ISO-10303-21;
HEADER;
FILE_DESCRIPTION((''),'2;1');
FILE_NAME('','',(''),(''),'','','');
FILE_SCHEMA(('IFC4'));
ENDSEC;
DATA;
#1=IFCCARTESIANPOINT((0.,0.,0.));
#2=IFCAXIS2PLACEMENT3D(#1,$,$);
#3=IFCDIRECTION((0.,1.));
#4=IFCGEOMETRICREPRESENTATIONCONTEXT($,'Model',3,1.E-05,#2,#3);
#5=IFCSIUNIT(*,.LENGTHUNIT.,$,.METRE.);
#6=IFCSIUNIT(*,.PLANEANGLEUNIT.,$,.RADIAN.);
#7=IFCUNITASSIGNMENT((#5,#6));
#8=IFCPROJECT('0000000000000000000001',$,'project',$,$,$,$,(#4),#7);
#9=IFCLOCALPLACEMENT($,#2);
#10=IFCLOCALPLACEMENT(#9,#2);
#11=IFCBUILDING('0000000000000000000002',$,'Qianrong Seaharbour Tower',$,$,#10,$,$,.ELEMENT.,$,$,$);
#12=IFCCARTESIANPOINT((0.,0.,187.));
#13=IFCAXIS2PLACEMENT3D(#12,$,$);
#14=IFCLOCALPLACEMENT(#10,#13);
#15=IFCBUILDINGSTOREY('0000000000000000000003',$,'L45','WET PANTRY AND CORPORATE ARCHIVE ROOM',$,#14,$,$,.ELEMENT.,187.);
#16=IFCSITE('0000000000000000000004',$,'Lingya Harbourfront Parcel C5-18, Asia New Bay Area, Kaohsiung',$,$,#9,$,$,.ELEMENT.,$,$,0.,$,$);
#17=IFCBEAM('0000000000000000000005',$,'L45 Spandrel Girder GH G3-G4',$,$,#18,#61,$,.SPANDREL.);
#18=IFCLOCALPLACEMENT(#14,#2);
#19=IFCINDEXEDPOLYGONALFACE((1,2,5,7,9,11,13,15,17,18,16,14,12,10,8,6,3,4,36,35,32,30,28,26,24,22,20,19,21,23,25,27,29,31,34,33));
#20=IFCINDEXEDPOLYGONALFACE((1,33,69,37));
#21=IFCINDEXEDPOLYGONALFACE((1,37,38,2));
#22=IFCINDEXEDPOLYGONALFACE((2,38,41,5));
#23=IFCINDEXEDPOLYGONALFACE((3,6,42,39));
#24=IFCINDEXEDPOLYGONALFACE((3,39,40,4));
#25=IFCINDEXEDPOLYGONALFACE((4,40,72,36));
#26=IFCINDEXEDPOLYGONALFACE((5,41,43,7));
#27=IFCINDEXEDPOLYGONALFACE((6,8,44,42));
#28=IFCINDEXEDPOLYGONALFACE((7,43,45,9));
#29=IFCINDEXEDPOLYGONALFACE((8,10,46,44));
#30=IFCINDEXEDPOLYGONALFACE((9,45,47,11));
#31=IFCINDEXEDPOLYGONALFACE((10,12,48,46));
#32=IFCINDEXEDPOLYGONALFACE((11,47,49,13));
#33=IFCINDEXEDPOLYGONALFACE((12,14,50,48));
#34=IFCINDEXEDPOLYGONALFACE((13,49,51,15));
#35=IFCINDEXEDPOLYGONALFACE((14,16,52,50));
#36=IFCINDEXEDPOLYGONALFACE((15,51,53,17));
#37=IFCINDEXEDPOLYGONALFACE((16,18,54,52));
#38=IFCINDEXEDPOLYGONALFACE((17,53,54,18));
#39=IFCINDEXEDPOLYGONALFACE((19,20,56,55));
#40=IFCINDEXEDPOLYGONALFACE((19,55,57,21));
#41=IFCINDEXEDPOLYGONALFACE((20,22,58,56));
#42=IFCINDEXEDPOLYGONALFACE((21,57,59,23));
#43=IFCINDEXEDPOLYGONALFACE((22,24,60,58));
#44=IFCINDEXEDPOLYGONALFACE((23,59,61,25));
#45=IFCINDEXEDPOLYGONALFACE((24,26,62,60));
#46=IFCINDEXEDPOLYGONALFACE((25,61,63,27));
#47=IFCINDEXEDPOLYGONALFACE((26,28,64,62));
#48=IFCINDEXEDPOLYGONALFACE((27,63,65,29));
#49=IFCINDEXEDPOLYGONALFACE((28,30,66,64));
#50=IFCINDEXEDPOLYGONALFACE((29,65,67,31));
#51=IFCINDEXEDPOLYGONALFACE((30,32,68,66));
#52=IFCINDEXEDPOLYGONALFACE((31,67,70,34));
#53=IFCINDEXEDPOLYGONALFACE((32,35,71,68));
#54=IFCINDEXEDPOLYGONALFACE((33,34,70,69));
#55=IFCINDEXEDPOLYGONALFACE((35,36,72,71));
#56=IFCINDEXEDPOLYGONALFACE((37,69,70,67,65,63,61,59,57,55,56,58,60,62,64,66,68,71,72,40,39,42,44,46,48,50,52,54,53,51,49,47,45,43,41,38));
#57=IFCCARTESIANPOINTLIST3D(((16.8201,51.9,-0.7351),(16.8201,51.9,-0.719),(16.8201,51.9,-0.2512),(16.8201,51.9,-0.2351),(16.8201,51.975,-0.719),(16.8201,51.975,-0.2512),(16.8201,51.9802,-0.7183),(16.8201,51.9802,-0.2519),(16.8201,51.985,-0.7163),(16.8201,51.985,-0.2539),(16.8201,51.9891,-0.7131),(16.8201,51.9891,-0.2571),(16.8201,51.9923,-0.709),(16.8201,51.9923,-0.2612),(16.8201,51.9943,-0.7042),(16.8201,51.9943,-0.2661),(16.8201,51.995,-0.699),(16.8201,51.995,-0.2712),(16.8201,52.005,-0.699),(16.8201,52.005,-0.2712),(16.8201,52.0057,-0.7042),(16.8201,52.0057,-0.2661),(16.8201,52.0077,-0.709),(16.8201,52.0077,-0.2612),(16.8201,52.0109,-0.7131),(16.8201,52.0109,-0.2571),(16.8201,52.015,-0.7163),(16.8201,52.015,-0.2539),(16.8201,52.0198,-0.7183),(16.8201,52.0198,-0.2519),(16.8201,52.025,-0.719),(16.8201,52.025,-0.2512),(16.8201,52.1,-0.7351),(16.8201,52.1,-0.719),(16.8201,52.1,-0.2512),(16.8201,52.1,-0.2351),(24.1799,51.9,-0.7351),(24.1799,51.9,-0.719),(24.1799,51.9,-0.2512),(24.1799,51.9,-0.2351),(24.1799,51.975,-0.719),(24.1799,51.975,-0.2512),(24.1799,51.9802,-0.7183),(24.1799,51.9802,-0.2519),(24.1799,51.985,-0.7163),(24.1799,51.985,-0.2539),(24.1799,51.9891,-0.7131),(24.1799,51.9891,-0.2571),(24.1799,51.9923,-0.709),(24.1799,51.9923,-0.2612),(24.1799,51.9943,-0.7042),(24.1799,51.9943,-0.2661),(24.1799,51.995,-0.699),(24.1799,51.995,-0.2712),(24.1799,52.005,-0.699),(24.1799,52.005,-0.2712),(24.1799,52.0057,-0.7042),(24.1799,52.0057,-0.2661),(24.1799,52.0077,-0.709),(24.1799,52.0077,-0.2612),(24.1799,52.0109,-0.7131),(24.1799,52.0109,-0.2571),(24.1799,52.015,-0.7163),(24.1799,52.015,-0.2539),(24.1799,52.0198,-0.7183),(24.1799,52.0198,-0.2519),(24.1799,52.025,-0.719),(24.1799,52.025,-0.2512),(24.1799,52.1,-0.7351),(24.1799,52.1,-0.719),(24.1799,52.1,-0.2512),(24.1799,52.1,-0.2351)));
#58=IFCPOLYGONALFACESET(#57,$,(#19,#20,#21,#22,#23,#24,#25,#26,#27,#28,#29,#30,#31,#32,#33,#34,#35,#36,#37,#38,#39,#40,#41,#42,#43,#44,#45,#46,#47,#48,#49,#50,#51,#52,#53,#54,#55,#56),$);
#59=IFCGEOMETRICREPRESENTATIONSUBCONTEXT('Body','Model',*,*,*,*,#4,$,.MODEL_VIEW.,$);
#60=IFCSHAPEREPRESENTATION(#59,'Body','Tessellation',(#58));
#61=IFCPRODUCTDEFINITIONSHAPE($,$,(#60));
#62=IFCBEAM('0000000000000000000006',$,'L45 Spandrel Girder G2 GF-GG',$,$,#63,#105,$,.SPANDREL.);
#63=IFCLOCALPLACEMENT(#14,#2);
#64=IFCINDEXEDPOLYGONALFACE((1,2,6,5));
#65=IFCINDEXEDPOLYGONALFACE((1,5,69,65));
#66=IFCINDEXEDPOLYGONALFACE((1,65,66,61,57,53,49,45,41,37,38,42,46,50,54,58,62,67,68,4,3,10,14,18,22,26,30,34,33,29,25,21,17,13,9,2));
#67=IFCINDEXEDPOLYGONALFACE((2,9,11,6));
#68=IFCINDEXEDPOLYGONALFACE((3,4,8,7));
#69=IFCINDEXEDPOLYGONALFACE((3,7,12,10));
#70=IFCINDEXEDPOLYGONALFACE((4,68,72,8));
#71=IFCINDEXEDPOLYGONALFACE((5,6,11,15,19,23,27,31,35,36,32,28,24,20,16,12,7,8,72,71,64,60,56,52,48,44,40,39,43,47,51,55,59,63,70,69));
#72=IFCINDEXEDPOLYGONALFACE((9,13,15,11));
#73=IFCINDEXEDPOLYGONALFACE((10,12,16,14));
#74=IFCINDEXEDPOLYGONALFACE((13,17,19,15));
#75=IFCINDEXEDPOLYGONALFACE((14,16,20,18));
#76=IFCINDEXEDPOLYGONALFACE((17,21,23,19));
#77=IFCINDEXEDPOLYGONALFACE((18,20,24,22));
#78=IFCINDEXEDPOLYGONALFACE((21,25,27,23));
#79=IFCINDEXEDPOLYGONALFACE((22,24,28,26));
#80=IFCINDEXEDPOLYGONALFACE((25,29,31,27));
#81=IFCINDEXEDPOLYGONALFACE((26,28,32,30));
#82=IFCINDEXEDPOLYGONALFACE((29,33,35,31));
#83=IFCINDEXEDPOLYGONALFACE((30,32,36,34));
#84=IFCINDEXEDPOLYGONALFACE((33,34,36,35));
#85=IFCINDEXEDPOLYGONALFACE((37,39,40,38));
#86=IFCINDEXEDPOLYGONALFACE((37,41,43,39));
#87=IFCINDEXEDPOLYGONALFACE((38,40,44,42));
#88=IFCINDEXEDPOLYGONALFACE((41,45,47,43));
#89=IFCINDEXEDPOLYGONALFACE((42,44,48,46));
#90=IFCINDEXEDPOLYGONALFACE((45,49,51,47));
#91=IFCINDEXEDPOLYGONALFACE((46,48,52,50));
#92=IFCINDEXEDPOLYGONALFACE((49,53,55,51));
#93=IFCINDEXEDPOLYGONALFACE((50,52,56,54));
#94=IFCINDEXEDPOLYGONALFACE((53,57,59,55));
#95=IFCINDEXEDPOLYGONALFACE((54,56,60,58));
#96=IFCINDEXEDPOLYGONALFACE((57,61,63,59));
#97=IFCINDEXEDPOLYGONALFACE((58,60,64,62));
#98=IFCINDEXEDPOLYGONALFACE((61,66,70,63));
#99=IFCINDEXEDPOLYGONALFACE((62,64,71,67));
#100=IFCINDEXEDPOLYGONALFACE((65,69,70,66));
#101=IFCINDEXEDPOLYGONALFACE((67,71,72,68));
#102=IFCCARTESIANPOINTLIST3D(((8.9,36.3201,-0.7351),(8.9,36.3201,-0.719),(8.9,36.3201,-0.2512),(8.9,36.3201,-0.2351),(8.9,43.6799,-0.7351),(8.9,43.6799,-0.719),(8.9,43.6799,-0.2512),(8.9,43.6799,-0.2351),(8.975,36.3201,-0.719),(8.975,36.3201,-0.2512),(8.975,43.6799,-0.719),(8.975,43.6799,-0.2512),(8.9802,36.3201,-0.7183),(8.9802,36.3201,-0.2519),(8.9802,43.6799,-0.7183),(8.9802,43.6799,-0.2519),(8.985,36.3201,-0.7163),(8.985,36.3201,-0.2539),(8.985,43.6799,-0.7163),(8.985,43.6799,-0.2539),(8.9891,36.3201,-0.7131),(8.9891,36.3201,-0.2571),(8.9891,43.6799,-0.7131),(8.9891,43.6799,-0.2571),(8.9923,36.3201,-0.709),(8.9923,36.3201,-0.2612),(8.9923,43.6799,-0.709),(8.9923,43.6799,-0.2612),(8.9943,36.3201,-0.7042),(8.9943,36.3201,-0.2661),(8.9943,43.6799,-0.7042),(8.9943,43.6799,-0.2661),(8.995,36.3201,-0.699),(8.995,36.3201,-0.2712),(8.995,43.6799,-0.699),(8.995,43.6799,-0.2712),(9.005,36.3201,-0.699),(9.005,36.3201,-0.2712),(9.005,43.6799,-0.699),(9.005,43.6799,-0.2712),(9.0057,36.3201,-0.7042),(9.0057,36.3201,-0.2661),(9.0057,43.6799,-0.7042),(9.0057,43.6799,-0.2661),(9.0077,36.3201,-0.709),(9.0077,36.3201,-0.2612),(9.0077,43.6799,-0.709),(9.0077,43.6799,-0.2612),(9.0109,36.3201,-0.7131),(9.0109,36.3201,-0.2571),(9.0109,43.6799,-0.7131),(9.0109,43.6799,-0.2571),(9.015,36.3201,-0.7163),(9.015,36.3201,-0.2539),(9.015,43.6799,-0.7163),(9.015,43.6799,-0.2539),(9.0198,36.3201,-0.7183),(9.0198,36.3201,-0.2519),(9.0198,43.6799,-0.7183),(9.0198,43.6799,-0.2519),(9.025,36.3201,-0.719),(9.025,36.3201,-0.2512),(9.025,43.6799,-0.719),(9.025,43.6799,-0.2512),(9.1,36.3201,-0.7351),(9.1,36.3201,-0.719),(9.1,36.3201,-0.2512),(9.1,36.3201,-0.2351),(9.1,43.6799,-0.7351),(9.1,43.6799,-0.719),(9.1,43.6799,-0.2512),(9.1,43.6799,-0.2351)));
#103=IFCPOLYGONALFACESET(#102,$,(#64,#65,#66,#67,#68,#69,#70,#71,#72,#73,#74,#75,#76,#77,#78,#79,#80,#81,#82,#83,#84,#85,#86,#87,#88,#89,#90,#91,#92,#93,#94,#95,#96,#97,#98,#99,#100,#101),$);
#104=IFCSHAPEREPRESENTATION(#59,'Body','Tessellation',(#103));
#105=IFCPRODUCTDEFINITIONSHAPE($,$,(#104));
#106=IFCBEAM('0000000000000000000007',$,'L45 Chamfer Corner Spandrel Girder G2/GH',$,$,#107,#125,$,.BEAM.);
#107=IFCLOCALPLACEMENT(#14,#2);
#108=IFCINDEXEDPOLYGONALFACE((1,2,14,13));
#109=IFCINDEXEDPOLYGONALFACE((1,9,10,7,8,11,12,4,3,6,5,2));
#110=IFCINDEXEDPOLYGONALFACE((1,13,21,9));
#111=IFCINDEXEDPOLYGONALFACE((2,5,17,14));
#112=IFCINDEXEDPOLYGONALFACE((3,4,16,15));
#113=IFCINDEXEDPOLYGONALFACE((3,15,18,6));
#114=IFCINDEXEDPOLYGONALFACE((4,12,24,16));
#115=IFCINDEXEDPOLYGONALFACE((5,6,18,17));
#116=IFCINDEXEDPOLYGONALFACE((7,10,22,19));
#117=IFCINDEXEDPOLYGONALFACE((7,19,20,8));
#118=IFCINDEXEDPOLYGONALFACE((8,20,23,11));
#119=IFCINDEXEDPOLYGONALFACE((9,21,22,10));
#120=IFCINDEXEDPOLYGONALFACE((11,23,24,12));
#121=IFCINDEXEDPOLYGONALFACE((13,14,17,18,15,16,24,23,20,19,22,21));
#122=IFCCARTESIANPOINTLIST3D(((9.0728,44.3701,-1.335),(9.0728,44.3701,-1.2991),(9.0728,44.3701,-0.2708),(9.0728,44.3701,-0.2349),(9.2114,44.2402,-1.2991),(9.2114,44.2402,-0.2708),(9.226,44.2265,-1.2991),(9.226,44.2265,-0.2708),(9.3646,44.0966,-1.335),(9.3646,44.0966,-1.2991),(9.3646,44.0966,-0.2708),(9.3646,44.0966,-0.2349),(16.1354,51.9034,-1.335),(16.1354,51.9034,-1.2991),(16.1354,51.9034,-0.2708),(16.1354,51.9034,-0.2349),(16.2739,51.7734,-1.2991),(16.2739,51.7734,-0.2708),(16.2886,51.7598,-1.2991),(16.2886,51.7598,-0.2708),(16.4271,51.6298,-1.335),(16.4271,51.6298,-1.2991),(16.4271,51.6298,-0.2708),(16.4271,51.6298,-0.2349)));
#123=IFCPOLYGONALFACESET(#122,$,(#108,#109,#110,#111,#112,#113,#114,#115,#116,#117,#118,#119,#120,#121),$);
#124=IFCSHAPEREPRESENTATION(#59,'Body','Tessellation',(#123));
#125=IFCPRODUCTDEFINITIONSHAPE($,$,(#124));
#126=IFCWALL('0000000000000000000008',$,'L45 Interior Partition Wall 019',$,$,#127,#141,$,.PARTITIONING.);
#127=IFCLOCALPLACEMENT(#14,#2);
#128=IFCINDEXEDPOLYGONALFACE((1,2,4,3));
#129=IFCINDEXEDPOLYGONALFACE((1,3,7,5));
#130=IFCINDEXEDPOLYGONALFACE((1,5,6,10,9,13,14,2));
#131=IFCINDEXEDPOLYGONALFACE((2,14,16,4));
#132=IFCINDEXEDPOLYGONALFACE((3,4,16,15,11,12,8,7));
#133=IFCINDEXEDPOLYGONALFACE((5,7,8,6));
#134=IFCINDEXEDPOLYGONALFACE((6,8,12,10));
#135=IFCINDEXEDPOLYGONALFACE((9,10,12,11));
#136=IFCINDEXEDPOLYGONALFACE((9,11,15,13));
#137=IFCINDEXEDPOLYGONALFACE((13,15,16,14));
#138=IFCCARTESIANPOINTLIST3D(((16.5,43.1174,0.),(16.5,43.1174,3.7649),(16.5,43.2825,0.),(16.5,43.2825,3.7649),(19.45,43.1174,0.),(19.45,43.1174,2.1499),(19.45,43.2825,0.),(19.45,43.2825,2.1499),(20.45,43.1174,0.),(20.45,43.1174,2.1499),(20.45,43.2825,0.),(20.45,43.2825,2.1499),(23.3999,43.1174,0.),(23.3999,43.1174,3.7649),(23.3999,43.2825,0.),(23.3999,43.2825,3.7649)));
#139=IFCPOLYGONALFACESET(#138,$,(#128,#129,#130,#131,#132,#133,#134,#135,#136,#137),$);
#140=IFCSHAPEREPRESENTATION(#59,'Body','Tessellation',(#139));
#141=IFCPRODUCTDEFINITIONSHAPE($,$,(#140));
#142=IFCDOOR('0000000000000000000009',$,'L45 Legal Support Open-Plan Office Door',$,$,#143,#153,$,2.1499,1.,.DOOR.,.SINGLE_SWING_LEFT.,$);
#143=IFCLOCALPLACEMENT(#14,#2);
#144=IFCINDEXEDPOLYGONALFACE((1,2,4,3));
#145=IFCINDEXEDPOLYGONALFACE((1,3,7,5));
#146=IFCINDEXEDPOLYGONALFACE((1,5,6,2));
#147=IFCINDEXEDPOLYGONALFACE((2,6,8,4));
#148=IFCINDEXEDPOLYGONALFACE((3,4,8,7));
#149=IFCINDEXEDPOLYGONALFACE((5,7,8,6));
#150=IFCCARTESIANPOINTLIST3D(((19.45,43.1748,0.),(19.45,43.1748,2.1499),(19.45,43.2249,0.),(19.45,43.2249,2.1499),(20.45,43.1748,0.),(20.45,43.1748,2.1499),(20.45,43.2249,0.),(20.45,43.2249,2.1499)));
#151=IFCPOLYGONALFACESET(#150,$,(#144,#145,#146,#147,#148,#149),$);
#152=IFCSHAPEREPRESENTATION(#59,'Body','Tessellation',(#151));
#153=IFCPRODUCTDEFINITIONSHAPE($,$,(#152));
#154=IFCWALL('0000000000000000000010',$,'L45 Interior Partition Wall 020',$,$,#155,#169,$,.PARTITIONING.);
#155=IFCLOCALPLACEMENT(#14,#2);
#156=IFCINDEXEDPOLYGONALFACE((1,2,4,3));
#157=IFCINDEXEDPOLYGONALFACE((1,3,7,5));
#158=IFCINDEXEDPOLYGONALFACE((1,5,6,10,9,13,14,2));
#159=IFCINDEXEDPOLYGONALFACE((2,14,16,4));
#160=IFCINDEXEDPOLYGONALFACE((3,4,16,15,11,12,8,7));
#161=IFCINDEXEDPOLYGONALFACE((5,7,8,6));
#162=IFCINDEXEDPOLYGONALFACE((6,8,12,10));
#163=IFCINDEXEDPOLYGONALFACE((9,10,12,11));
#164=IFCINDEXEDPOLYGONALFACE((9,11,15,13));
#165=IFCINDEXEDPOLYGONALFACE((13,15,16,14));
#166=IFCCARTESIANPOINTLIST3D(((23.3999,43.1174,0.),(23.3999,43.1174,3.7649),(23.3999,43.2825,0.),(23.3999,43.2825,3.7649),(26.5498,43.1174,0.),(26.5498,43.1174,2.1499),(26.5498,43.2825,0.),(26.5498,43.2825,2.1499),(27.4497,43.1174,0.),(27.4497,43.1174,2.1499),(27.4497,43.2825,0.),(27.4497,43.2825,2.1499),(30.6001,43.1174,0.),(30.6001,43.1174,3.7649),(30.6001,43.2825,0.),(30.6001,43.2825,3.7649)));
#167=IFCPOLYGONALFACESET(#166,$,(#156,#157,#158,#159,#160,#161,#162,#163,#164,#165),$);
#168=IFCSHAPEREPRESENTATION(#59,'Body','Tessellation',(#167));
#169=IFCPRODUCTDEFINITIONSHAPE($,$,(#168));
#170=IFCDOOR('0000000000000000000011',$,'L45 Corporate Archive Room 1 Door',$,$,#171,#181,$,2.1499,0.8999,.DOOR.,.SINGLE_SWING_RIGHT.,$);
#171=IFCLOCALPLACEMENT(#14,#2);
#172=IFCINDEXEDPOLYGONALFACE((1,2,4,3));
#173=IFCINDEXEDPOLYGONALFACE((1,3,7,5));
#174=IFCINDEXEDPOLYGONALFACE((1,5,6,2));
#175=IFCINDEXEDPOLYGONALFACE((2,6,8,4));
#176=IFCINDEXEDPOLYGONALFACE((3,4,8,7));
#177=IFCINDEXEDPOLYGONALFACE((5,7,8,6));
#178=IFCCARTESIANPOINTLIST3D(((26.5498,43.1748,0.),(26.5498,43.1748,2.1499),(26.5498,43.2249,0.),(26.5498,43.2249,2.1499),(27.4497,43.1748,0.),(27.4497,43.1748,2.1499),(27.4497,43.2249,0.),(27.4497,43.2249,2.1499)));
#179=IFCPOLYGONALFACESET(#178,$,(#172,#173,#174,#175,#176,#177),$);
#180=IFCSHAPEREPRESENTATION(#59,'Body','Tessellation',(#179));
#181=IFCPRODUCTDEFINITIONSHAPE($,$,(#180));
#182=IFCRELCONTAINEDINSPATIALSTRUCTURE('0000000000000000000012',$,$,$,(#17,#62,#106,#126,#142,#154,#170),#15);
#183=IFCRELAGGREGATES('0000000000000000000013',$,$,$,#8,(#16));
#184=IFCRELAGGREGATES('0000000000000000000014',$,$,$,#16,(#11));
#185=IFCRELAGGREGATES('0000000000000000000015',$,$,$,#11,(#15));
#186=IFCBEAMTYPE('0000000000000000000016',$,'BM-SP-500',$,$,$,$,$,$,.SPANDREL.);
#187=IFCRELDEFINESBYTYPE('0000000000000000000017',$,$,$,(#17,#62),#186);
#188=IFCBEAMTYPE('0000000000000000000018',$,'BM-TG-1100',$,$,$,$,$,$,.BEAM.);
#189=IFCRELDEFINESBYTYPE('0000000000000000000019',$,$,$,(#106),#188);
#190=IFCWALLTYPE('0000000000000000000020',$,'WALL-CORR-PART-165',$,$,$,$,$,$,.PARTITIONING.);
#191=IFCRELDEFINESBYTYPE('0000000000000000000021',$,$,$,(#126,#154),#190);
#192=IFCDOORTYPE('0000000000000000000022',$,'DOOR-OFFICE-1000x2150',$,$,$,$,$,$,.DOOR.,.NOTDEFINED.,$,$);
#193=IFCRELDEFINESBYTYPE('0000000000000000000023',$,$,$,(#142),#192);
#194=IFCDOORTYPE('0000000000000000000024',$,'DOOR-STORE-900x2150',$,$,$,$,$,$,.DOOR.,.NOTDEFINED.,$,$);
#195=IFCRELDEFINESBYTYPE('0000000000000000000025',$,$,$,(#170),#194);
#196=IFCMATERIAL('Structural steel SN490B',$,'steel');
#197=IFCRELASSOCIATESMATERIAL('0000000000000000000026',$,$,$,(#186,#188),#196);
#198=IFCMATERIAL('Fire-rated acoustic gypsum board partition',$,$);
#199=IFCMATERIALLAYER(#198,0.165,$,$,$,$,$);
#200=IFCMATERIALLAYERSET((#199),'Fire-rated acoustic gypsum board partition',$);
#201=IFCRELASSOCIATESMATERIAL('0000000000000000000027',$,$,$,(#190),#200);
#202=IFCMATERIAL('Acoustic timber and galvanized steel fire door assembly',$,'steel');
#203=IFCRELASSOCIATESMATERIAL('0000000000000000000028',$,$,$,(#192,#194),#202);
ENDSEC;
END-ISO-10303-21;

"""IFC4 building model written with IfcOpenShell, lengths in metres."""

from ifc_helpers import new_model, si_unit, direction, frame, frame_2d, origin, origin_2d, place, context, subcontext, project, spatial, rectangle, i_section, extrude, material, layer, layer_set, material_profile, profile_set, type_object, element, fill, save


model = new_model("IFC4")

# Units and contexts
model_context = context("Model", 3, precision=1e-05, world=origin(), true_north=direction((0.0, 1.0)))
body_context = subcontext(model_context, "Body", "Model", "MODEL_VIEW")
ifc_project = project(units=[si_unit("LENGTHUNIT", "METRE"), si_unit("PLANEANGLEUNIT", "RADIAN")], contexts=[model_context])

# Site, building, storey
site_placement = place(None, origin())
site = spatial("IfcSite", under=ifc_project, at=site_placement, Name="Lingya Harbourfront Parcel C5-18, Asia New Bay Area, Kaohsiung", CompositionType="ELEMENT", RefElevation=0.0)
building_placement = place(site_placement, origin())
building = spatial("IfcBuilding", under=site, at=building_placement, Name="Qianrong Seaharbour Tower", CompositionType="ELEMENT")
storey_placement = place(building_placement, frame((0.0, 0.0, 187.0)))
storey = spatial("IfcBuildingStorey", under=building, at=storey_placement, Name="L45", Description="WET PANTRY AND CORPORATE ARCHIVE ROOM", CompositionType="ELEMENT", Elevation=187.0)

# Shared definitions
ifc_material_1 = material(Name="Structural steel SN490B", Category="steel")

# Beams
ifc_material_profile_1 = material_profile(ifc_material_1, i_section(OverallWidth=0.2, OverallDepth=0.5, WebThickness=0.01, FlangeThickness=0.0161, FilletRadius=0.02, at=origin_2d()), Name="H500x200x10x16")
ifc_profile_set_1 = profile_set([ifc_material_profile_1], Name="Structural steel SN490B")
beam_type_1 = type_object("IfcBeamType", Name="BM-SP-500", PredefinedType="SPANDREL", material=ifc_profile_set_1)
for number, where, z_axis, x_axis, name in (
    (1, (16.8201, 52.0, -0.4851), (1.0, 0.0, 0.0), (0.0, 1.0, 0.0), "L45 Spandrel Girder GH G3-G4"),
    (2, (9.0, 36.3201, -0.4851), (0.0, 1.0, 0.0), (-1.0, 0.0, 0.0), "L45 Spandrel Girder G2 GF-GG"),
):
    element("IfcBeam", number, at=place(storey_placement, frame(where, z_axis=z_axis, x_axis=x_axis)), inside=storey, type_object=beam_type_1, Name=name, PredefinedType="SPANDREL", context=body_context, shape_type="SweptSolid", body=[
        extrude(i_section(OverallWidth=0.2, OverallDepth=0.5, WebThickness=0.01, FlangeThickness=0.0161, FilletRadius=0.02, at=origin_2d()), origin(), (0.0, 0.0, 1.0), 7.3599),
    ])
ifc_material_profile_2 = material_profile(ifc_material_1, i_section(OverallWidth=0.3999, OverallDepth=1.1001, WebThickness=0.02, FlangeThickness=0.0359, at=origin_2d()), Name="BH1100x400x20x36")
ifc_profile_set_2 = profile_set([ifc_material_profile_2], Name="Structural steel SN490B")
beam_type_2 = type_object("IfcBeamType", Name="BM-TG-1100", PredefinedType="BEAM", material=ifc_profile_set_2)
beam_1_placement = place(storey_placement, frame((16.2812, 51.7666, -0.7849), z_axis=(-0.683947, -0.729531, 0.0), x_axis=(0.729531, -0.683947, 0.0)))
element("IfcBeam", 3, at=beam_1_placement, inside=storey, type_object=beam_type_2, Name="L45 Chamfer Corner Spandrel Girder G2/GH", PredefinedType="BEAM", context=body_context, shape_type="SweptSolid", body=[
    extrude(i_section(OverallWidth=0.3999, OverallDepth=1.1001, WebThickness=0.02, FlangeThickness=0.0359, at=origin_2d()), origin(), (0.0, 0.0, 1.0), 10.3262),
])

# Walls, openings, doors
ifc_material_2 = material(Name="Fire-rated acoustic gypsum board partition")
ifc_layer_1 = layer(ifc_material_2, 0.165)
ifc_layer_set_1 = layer_set([ifc_layer_1], Name="Fire-rated acoustic gypsum board partition")
wall_type_1 = type_object("IfcWallType", Name="WALL-CORR-PART-165", PredefinedType="PARTITIONING", material=ifc_layer_set_1)
wall_1_placement = place(storey_placement, frame((16.5, 43.2, 0.0), z_axis=(0.0, 0.0, 1.0), x_axis=(1.0, 0.0, 0.0)))
wall_1 = element("IfcWall", 4, at=wall_1_placement, inside=storey, type_object=wall_type_1, Name="L45 Interior Partition Wall 019", PredefinedType="PARTITIONING", context=body_context, shape_type="SweptSolid", body=[
    extrude(rectangle(XDim=6.8999, YDim=0.165, at=frame_2d((3.45, 0.0))), origin(), (0.0, 0.0, 1.0), 3.7649),
])
opening_1_placement = place(wall_1_placement, frame((2.95, 0.0, 0.0)))
opening_1 = element("IfcOpeningElement", 5, at=opening_1_placement, cuts=wall_1, PredefinedType="OPENING", context=body_context, shape_type="SweptSolid", body=[
    extrude(rectangle(XDim=1.0, YDim=2.1499, at=frame_2d((0.5, 1.075))), frame((0.0, 0.0925, 0.0), z_axis=(0.0, -1.0, 0.0), x_axis=(1.0, 0.0, 0.0)), (0.0, 0.0, 1.0), 0.1851),
])
ifc_material_3 = material(Name="Acoustic timber and galvanized steel fire door assembly", Category="steel")
door_type_1 = type_object("IfcDoorType", Name="DOOR-OFFICE-1000x2150", OperationType="NOTDEFINED", PredefinedType="DOOR", material=ifc_material_3)
door_1_placement = place(opening_1_placement, origin())
door_1 = element("IfcDoor", 6, at=door_1_placement, inside=storey, type_object=door_type_1, Name="L45 Legal Support Open-Plan Office Door", OperationType="SINGLE_SWING_LEFT", OverallHeight=2.1499, OverallWidth=1.0, PredefinedType="DOOR", context=body_context, shape_type="SweptSolid", body=[
    extrude(rectangle(XDim=1.0, YDim=2.1499, at=frame_2d((0.5, 1.075))), frame((0.0, 0.0249, 0.0), z_axis=(0.0, -1.0, 0.0), x_axis=(1.0, 0.0, 0.0)), (0.0, 0.0, 1.0), 0.05),
])
fill(opening_1, door_1)
wall_2_placement = place(storey_placement, frame((23.3999, 43.2, 0.0), z_axis=(0.0, 0.0, 1.0), x_axis=(1.0, 0.0, 0.0)))
wall_2 = element("IfcWall", 7, at=wall_2_placement, inside=storey, type_object=wall_type_1, Name="L45 Interior Partition Wall 020", PredefinedType="PARTITIONING", context=body_context, shape_type="SweptSolid", body=[
    extrude(rectangle(XDim=7.2002, YDim=0.165, at=frame_2d((3.6001, 0.0))), origin(), (0.0, 0.0, 1.0), 3.7649),
])
opening_2_placement = place(wall_2_placement, frame((3.1499, 0.0, 0.0)))
opening_2 = element("IfcOpeningElement", 8, at=opening_2_placement, cuts=wall_2, PredefinedType="OPENING", context=body_context, shape_type="SweptSolid", body=[
    extrude(rectangle(XDim=0.8999, YDim=2.1499, at=frame_2d((0.45, 1.075))), frame((0.0, 0.0925, 0.0), z_axis=(0.0, -1.0, 0.0), x_axis=(1.0, 0.0, 0.0)), (0.0, 0.0, 1.0), 0.1851),
])
door_type_2 = type_object("IfcDoorType", Name="DOOR-STORE-900x2150", OperationType="NOTDEFINED", PredefinedType="DOOR", material=ifc_material_3)
door_2_placement = place(opening_2_placement, origin())
door_2 = element("IfcDoor", 9, at=door_2_placement, inside=storey, type_object=door_type_2, Name="L45 Corporate Archive Room 1 Door", OperationType="SINGLE_SWING_RIGHT", OverallHeight=2.1499, OverallWidth=0.8999, PredefinedType="DOOR", context=body_context, shape_type="SweptSolid", body=[
    extrude(rectangle(XDim=0.8999, YDim=2.1499, at=frame_2d((0.45, 1.075))), frame((0.0, 0.0249, 0.0), z_axis=(0.0, -1.0, 0.0), x_axis=(1.0, 0.0, 0.0)), (0.0, 0.0, 1.0), 0.05),
])
fill(opening_2, door_2)

save(model, "model.ifc")
